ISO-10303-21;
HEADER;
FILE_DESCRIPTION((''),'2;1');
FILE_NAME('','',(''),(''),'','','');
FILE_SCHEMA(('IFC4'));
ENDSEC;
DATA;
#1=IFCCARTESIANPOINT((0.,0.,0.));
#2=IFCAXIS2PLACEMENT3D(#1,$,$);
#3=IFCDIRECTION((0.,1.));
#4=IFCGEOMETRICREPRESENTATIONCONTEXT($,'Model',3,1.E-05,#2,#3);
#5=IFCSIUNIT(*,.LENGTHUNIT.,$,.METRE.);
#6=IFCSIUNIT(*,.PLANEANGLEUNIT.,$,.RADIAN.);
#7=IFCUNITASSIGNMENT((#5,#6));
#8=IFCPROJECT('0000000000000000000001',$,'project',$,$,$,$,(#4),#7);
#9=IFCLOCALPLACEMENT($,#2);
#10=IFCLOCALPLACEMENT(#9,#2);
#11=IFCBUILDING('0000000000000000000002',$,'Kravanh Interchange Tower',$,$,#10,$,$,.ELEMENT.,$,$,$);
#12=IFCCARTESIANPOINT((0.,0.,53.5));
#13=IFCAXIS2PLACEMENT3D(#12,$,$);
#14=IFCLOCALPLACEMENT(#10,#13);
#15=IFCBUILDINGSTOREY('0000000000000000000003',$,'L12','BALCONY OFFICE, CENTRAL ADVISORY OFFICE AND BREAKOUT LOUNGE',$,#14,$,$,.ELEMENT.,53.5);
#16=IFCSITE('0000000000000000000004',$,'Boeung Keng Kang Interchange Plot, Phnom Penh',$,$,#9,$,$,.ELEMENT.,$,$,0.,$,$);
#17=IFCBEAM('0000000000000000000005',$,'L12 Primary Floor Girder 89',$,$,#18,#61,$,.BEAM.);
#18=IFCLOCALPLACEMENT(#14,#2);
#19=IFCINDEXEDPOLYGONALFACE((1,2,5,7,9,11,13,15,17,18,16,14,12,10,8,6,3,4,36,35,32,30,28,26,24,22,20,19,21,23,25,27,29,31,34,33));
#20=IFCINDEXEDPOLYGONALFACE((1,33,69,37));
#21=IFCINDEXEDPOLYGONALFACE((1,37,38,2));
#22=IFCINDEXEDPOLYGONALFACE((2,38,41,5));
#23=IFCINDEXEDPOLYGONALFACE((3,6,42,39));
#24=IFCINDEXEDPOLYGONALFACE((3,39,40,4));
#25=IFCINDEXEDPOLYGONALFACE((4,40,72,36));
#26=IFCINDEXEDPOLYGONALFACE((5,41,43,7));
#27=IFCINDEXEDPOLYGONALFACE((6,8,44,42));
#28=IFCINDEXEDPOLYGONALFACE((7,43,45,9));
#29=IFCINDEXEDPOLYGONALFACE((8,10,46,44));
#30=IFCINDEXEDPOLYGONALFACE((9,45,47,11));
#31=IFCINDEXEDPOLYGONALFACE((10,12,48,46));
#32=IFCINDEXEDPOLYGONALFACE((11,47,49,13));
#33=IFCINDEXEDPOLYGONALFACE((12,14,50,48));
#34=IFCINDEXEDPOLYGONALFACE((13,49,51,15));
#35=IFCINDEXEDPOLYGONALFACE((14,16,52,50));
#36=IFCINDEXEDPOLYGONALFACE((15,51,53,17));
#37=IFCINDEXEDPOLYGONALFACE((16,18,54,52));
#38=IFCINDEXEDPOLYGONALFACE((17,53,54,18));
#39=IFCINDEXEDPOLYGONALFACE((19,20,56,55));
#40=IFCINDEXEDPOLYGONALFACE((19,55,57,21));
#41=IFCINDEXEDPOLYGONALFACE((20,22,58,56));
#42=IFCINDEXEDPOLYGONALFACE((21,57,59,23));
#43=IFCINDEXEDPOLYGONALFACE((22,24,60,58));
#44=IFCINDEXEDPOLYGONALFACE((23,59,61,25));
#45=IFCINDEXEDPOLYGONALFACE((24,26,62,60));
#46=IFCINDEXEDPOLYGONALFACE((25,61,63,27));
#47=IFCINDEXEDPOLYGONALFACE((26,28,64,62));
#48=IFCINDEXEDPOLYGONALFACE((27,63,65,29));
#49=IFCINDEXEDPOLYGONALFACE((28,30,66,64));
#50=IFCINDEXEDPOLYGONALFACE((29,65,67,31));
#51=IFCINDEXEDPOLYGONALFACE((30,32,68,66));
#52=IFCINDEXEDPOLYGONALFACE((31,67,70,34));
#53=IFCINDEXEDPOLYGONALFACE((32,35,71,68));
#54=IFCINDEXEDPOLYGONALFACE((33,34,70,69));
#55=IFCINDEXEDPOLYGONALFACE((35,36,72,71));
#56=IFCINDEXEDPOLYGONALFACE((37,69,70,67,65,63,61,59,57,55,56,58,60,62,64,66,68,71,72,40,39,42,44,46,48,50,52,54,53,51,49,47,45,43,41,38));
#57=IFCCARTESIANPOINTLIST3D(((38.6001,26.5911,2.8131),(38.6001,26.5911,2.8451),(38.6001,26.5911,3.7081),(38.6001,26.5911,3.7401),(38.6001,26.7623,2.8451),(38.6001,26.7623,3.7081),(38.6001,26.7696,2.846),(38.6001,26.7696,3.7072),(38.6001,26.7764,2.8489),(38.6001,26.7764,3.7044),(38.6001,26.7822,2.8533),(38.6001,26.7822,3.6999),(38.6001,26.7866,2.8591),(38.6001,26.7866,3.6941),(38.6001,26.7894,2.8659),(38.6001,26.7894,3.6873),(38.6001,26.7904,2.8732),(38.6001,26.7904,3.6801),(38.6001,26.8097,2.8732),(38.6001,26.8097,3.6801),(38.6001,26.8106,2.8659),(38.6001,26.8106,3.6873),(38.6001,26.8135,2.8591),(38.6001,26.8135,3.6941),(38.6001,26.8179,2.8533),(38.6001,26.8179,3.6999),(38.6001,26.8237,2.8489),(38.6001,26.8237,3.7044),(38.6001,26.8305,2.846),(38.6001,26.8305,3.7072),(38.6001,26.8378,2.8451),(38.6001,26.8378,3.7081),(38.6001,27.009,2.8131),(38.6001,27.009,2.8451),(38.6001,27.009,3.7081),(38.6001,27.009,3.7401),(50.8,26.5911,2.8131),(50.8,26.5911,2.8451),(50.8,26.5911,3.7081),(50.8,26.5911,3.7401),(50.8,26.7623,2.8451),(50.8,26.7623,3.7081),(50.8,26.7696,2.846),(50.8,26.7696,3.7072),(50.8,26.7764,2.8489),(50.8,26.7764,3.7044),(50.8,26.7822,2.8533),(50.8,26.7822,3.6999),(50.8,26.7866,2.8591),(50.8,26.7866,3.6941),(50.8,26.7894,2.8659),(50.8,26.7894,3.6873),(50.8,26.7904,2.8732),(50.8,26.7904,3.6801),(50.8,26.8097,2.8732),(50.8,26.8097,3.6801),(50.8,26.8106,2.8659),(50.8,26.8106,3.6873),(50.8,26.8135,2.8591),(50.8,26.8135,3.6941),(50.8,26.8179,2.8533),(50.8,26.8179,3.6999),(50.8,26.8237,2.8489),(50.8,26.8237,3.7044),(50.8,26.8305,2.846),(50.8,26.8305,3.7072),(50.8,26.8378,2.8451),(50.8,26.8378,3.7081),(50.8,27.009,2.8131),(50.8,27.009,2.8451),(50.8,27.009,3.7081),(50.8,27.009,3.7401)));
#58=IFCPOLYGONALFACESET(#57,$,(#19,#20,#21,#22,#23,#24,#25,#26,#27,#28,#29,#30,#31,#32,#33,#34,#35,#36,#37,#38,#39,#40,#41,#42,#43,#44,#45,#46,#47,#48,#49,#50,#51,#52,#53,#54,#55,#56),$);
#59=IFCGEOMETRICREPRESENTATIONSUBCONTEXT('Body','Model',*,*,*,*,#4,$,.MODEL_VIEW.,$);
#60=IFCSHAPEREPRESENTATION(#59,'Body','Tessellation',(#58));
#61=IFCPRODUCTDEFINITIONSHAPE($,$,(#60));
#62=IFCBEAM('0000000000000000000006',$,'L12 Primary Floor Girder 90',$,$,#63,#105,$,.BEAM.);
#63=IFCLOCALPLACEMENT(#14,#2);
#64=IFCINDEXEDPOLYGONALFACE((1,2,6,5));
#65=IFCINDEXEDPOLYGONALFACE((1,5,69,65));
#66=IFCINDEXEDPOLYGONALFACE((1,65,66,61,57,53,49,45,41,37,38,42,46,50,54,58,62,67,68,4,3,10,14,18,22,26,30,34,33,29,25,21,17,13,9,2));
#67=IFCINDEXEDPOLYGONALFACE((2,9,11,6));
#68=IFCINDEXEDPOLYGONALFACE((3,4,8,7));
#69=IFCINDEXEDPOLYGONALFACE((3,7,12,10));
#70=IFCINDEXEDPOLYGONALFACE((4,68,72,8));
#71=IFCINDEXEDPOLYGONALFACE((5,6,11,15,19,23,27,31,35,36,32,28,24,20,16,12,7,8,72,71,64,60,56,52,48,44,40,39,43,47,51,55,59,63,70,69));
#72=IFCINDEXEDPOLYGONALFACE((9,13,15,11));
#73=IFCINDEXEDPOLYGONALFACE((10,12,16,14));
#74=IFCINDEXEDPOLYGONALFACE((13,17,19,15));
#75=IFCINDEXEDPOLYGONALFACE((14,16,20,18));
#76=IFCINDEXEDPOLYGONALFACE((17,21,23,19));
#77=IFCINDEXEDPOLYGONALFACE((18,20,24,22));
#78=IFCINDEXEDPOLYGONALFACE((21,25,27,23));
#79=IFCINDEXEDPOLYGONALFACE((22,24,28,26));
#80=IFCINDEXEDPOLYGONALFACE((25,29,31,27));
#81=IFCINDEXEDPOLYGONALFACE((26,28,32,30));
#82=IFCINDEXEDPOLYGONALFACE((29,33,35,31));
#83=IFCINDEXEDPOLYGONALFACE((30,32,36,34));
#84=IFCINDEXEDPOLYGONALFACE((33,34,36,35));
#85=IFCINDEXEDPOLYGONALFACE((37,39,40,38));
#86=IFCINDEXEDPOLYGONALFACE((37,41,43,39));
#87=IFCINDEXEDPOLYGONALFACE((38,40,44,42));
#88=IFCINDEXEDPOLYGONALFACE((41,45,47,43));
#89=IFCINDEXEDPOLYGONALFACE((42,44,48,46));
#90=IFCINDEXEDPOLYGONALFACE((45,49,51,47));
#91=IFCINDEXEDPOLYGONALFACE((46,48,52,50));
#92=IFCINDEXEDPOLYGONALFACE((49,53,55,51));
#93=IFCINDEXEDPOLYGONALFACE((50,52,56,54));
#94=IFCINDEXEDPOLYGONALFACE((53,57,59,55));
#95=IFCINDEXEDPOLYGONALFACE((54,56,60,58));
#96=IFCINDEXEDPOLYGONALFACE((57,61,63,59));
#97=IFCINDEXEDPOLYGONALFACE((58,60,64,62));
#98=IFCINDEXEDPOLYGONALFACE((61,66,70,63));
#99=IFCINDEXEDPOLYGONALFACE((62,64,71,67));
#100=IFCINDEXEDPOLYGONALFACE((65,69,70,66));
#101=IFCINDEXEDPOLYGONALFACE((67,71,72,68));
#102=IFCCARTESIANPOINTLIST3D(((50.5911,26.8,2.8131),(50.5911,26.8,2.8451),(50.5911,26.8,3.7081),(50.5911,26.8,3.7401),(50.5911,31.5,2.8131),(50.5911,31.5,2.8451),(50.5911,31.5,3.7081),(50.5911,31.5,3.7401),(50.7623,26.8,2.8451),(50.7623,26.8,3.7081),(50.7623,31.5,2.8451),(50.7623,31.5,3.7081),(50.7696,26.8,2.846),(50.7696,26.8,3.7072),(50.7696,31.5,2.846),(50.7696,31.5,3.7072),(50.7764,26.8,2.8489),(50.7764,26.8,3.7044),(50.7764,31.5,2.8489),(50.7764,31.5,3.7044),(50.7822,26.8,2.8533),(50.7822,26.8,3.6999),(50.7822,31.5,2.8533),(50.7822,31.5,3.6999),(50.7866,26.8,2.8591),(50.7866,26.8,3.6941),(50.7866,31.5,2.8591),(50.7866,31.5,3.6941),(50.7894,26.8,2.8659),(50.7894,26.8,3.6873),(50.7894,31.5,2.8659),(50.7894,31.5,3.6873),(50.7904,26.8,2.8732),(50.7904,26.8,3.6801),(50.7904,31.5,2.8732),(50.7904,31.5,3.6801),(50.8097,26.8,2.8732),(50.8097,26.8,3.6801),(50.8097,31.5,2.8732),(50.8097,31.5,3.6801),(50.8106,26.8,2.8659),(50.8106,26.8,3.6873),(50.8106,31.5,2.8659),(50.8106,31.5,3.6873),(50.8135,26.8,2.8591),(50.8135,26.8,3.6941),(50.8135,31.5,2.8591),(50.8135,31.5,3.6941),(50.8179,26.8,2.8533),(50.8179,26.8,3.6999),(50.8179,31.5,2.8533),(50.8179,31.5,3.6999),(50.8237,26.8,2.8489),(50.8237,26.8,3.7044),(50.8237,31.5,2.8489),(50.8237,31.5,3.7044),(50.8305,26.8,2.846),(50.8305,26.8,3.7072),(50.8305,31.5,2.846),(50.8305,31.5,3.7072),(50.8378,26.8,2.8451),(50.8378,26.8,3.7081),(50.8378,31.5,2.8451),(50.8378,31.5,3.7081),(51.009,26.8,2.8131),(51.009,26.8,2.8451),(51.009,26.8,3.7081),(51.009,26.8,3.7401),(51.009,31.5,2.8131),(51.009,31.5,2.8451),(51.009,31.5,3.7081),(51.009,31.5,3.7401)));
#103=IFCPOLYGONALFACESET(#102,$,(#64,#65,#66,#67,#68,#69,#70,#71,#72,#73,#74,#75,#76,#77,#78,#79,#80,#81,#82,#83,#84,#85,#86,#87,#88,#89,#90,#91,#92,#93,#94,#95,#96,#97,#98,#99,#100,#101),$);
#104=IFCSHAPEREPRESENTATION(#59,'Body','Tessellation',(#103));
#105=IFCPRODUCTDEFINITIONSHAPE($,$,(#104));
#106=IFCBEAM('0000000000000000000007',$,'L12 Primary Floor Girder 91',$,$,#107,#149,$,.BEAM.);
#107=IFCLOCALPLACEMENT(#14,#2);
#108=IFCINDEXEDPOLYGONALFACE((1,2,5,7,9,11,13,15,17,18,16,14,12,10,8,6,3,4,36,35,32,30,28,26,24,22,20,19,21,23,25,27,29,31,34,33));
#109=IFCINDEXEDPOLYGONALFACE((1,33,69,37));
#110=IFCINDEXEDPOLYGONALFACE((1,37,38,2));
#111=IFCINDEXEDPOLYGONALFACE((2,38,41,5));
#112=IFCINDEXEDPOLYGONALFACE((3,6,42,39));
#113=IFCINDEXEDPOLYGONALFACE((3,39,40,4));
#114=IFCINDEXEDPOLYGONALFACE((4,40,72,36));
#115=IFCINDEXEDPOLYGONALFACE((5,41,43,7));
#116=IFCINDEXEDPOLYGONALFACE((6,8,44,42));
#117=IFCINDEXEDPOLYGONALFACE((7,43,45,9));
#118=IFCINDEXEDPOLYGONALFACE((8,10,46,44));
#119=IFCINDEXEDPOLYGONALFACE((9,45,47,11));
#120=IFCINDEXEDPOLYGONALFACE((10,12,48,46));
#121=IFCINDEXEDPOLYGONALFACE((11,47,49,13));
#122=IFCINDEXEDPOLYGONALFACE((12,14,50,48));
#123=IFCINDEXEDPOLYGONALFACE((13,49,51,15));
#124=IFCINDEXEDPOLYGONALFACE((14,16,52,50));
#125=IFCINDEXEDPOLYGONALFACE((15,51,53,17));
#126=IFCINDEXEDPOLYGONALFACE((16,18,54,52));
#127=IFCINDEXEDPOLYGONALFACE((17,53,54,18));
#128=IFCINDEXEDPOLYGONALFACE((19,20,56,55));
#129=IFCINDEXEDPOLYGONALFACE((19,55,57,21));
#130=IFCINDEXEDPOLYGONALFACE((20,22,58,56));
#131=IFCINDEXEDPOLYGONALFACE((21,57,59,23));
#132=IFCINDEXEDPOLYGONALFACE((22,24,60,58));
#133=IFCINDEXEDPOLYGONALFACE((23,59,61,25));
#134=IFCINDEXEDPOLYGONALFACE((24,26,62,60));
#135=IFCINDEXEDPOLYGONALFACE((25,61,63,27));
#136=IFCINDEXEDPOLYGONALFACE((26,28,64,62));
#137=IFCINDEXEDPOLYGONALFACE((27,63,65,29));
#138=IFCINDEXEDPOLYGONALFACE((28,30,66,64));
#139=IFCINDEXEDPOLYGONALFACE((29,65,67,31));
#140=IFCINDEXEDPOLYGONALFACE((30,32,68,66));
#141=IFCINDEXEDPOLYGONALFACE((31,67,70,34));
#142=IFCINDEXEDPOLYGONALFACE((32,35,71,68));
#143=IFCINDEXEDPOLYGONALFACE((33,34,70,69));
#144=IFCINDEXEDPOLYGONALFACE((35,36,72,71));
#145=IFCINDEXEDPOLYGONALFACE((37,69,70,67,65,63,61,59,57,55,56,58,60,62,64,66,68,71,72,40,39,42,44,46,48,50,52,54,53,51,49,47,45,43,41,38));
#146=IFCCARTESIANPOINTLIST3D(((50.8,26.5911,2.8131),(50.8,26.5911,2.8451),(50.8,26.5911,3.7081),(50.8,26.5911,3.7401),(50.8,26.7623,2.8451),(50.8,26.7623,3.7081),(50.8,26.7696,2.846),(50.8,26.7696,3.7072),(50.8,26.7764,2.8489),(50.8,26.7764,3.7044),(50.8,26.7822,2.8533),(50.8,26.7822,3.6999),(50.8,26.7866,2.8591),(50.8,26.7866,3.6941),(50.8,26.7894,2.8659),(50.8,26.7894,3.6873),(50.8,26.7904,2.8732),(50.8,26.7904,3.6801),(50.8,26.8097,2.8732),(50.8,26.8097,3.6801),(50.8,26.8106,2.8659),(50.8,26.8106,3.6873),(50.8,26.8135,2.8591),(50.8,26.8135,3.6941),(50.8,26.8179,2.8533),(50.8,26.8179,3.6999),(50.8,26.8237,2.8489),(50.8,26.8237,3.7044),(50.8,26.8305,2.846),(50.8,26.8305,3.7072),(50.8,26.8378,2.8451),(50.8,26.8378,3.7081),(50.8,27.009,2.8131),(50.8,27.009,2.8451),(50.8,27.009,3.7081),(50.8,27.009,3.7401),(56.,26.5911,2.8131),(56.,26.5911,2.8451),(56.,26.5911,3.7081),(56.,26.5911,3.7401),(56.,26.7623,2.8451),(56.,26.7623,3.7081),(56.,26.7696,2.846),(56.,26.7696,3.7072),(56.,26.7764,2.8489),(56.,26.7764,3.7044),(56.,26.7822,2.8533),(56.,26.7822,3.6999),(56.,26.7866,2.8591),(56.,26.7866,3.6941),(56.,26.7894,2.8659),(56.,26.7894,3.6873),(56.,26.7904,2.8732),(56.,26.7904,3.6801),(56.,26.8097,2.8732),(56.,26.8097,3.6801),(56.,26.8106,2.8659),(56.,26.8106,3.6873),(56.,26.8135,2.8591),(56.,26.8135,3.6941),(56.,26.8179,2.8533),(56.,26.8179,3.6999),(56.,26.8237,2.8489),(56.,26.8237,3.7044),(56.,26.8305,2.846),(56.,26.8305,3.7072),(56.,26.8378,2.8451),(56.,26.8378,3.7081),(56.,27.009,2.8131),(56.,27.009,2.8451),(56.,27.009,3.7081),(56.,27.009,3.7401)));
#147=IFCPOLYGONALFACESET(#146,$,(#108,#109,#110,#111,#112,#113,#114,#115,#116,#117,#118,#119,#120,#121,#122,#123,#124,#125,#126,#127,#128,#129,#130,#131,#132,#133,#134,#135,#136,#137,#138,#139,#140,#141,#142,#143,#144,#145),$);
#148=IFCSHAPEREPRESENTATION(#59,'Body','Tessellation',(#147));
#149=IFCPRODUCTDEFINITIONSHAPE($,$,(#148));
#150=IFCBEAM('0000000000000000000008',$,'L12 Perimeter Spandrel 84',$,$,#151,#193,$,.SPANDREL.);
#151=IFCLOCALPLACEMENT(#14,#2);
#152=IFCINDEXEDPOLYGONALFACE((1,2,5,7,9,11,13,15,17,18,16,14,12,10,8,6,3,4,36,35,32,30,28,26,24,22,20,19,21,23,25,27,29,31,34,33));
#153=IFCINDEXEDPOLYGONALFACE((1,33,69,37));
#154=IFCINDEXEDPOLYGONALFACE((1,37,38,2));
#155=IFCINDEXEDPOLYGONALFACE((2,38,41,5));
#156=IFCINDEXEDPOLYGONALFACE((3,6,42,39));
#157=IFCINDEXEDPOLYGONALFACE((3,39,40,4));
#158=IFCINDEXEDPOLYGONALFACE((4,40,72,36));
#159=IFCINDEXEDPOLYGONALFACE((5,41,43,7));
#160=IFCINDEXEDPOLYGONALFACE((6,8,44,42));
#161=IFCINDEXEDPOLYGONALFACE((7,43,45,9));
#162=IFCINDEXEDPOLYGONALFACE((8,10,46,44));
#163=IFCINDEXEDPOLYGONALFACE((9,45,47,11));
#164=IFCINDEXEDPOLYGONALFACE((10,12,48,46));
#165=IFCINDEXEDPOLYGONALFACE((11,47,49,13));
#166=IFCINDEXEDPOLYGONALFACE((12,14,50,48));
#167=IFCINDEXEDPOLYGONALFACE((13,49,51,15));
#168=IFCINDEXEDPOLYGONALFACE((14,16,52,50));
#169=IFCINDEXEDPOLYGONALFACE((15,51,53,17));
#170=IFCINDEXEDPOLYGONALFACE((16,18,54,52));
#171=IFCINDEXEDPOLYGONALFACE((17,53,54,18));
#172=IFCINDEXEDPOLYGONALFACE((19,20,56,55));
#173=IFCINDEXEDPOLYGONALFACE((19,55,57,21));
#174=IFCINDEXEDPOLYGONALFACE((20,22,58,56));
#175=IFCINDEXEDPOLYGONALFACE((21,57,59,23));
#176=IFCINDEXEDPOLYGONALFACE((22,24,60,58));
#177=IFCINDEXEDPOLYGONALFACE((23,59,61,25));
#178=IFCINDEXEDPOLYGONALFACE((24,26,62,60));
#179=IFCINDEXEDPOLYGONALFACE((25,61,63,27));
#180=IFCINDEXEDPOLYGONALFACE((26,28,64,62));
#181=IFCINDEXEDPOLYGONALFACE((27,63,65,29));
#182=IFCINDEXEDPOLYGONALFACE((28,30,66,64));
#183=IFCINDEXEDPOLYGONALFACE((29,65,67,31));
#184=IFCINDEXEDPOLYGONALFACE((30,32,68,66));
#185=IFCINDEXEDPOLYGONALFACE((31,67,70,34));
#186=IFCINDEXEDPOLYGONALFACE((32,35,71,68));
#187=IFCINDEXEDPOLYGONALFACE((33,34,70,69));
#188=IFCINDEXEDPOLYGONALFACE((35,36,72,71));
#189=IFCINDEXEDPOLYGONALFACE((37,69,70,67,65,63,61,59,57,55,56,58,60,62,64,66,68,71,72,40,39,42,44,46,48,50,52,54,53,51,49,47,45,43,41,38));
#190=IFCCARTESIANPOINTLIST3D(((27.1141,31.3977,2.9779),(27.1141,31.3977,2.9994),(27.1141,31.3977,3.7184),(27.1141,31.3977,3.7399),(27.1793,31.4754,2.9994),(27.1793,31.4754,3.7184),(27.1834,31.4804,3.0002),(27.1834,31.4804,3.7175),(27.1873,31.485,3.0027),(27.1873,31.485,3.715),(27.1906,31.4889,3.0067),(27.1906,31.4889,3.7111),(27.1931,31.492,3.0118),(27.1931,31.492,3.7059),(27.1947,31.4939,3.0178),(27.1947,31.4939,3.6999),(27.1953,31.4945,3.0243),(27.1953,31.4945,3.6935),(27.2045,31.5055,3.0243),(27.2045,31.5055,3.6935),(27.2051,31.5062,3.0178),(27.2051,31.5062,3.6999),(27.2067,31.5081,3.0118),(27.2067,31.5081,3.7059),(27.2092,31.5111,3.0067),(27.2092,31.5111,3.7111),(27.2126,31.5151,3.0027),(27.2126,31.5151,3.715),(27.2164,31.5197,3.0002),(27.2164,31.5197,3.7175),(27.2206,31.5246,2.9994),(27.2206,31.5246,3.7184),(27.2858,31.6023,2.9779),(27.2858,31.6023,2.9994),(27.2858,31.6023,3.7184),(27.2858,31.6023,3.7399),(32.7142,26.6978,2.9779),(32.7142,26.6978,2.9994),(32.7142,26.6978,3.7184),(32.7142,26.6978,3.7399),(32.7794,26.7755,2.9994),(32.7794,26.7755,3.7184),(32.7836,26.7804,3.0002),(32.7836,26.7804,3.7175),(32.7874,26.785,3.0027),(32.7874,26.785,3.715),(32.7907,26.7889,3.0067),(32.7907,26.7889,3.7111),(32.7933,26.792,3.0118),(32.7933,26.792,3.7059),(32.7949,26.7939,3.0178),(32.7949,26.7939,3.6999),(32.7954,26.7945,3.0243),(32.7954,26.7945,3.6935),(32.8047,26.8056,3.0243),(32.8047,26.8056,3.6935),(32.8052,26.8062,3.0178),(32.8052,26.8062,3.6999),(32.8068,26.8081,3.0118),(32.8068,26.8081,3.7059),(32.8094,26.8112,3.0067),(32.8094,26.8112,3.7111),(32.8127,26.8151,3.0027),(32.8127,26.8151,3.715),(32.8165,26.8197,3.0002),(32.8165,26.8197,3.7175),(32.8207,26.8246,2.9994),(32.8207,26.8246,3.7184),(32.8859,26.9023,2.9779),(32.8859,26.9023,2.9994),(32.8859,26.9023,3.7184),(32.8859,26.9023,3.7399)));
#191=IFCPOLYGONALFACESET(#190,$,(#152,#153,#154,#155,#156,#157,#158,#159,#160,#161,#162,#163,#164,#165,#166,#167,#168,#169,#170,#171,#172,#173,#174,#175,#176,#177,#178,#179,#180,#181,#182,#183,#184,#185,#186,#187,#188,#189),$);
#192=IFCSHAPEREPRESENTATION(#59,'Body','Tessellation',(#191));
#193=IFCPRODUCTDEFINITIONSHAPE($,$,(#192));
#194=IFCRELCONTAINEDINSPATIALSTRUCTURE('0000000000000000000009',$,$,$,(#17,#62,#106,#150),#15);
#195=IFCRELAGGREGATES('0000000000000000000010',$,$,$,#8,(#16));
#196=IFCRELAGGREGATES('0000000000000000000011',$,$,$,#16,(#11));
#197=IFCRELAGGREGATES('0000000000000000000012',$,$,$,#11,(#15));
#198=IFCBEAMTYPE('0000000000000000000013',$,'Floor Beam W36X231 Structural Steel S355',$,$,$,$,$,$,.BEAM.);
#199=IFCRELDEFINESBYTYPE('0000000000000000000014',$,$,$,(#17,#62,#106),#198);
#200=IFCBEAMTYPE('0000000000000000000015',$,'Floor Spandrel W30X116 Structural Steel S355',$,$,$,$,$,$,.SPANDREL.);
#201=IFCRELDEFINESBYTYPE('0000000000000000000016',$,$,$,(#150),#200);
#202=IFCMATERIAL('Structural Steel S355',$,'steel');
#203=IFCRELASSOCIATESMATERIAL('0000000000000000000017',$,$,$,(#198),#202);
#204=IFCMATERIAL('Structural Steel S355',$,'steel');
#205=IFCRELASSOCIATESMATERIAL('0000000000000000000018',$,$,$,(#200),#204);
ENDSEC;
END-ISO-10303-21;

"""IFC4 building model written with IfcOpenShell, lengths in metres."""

from ifc_helpers import new_model, si_unit, direction, frame, origin, origin_2d, place, context, subcontext, project, spatial, i_section, extrude, material, material_profile, profile_set, type_object, element, save


model = new_model("IFC4")

# Units and contexts
model_context = context("Model", 3, precision=1e-05, world=origin(), true_north=direction((0.0, 1.0)))
body_context = subcontext(model_context, "Body", "Model", "MODEL_VIEW")
ifc_project = project(units=[si_unit("LENGTHUNIT", "METRE"), si_unit("PLANEANGLEUNIT", "RADIAN")], contexts=[model_context])

# Site, building, storey
site_placement = place(None, origin())
site = spatial("IfcSite", under=ifc_project, at=site_placement, Name="Boeung Keng Kang Interchange Plot, Phnom Penh", CompositionType="ELEMENT", RefElevation=0.0)
building_placement = place(site_placement, origin())
building = spatial("IfcBuilding", under=site, at=building_placement, Name="Kravanh Interchange Tower", CompositionType="ELEMENT")
storey_placement = place(building_placement, frame((0.0, 0.0, 53.5)))
storey = spatial("IfcBuildingStorey", under=building, at=storey_placement, Name="L12", Description="BALCONY OFFICE, CENTRAL ADVISORY OFFICE AND BREAKOUT LOUNGE", CompositionType="ELEMENT", Elevation=53.5)

# Beams
ifc_material_1 = material(Name="Structural Steel S355", Category="steel")
ifc_material_profile_1 = material_profile(ifc_material_1, i_section(OverallWidth=0.418, OverallDepth=0.927, WebThickness=0.0193, FlangeThickness=0.032, FilletRadius=0.0281, at=origin_2d()), Name="W36X231")
ifc_profile_set_1 = profile_set([ifc_material_profile_1], Name="Structural Steel S355")
beam_type_1 = type_object("IfcBeamType", Name="Floor Beam W36X231 Structural Steel S355", PredefinedType="BEAM", material=ifc_profile_set_1)
beam_1_placement = place(storey_placement, frame((38.6001, 26.8, 3.2766), z_axis=(1.0, 0.0, 0.0), x_axis=(0.0, 1.0, 0.0)))
element("IfcBeam", 1, at=beam_1_placement, inside=storey, type_object=beam_type_1, Name="L12 Primary Floor Girder 89", PredefinedType="BEAM", context=body_context, shape_type="SweptSolid", body=[
    extrude(i_section(OverallWidth=0.418, OverallDepth=0.927, WebThickness=0.0193, FlangeThickness=0.032, FilletRadius=0.0281, at=origin_2d()), origin(), (0.0, 0.0, 1.0), 12.2),
])
beam_2_placement = place(storey_placement, frame((50.8, 26.8, 3.2766), z_axis=(0.0, 1.0, 0.0), x_axis=(-1.0, 0.0, 0.0)))
element("IfcBeam", 2, at=beam_2_placement, inside=storey, type_object=beam_type_1, Name="L12 Primary Floor Girder 90", PredefinedType="BEAM", context=body_context, shape_type="SweptSolid", body=[
    extrude(i_section(OverallWidth=0.418, OverallDepth=0.927, WebThickness=0.0193, FlangeThickness=0.032, FilletRadius=0.0281, at=origin_2d()), origin(), (0.0, 0.0, 1.0), 4.7),
])
beam_3_placement = place(storey_placement, frame((50.8, 26.8, 3.2766), z_axis=(1.0, 0.0, 0.0), x_axis=(0.0, 1.0, 0.0)))
element("IfcBeam", 3, at=beam_3_placement, inside=storey, type_object=beam_type_1, Name="L12 Primary Floor Girder 91", PredefinedType="BEAM", context=body_context, shape_type="SweptSolid", body=[
    extrude(i_section(OverallWidth=0.418, OverallDepth=0.927, WebThickness=0.0193, FlangeThickness=0.032, FilletRadius=0.0281, at=origin_2d()), origin(), (0.0, 0.0, 1.0), 5.2),
])
ifc_material_2 = material(Name="Structural Steel S355", Category="steel")
ifc_material_profile_2 = material_profile(ifc_material_2, i_section(OverallWidth=0.2671, OverallDepth=0.762, WebThickness=0.0144, FlangeThickness=0.0215, FilletRadius=0.0249, at=origin_2d()), Name="W30X116")
ifc_profile_set_2 = profile_set([ifc_material_profile_2], Name="Structural Steel S355")
beam_type_2 = type_object("IfcBeamType", Name="Floor Spandrel W30X116 Structural Steel S355", PredefinedType="SPANDREL", material=ifc_profile_set_2)
beam_4_placement = place(storey_placement, frame((32.8, 26.8, 3.3589), z_axis=(-0.765983, 0.642861, 0.0), x_axis=(-0.642861, -0.765983, 0.0)))
element("IfcBeam", 4, at=beam_4_placement, inside=storey, type_object=beam_type_2, Name="L12 Perimeter Spandrel 84", PredefinedType="SPANDREL", context=body_context, shape_type="SweptSolid", body=[
    extrude(i_section(OverallWidth=0.2671, OverallDepth=0.762, WebThickness=0.0144, FlangeThickness=0.0215, FilletRadius=0.0249, at=origin_2d()), origin(), (0.0, 0.0, 1.0), 7.311),
])

save(model, "model.ifc")
